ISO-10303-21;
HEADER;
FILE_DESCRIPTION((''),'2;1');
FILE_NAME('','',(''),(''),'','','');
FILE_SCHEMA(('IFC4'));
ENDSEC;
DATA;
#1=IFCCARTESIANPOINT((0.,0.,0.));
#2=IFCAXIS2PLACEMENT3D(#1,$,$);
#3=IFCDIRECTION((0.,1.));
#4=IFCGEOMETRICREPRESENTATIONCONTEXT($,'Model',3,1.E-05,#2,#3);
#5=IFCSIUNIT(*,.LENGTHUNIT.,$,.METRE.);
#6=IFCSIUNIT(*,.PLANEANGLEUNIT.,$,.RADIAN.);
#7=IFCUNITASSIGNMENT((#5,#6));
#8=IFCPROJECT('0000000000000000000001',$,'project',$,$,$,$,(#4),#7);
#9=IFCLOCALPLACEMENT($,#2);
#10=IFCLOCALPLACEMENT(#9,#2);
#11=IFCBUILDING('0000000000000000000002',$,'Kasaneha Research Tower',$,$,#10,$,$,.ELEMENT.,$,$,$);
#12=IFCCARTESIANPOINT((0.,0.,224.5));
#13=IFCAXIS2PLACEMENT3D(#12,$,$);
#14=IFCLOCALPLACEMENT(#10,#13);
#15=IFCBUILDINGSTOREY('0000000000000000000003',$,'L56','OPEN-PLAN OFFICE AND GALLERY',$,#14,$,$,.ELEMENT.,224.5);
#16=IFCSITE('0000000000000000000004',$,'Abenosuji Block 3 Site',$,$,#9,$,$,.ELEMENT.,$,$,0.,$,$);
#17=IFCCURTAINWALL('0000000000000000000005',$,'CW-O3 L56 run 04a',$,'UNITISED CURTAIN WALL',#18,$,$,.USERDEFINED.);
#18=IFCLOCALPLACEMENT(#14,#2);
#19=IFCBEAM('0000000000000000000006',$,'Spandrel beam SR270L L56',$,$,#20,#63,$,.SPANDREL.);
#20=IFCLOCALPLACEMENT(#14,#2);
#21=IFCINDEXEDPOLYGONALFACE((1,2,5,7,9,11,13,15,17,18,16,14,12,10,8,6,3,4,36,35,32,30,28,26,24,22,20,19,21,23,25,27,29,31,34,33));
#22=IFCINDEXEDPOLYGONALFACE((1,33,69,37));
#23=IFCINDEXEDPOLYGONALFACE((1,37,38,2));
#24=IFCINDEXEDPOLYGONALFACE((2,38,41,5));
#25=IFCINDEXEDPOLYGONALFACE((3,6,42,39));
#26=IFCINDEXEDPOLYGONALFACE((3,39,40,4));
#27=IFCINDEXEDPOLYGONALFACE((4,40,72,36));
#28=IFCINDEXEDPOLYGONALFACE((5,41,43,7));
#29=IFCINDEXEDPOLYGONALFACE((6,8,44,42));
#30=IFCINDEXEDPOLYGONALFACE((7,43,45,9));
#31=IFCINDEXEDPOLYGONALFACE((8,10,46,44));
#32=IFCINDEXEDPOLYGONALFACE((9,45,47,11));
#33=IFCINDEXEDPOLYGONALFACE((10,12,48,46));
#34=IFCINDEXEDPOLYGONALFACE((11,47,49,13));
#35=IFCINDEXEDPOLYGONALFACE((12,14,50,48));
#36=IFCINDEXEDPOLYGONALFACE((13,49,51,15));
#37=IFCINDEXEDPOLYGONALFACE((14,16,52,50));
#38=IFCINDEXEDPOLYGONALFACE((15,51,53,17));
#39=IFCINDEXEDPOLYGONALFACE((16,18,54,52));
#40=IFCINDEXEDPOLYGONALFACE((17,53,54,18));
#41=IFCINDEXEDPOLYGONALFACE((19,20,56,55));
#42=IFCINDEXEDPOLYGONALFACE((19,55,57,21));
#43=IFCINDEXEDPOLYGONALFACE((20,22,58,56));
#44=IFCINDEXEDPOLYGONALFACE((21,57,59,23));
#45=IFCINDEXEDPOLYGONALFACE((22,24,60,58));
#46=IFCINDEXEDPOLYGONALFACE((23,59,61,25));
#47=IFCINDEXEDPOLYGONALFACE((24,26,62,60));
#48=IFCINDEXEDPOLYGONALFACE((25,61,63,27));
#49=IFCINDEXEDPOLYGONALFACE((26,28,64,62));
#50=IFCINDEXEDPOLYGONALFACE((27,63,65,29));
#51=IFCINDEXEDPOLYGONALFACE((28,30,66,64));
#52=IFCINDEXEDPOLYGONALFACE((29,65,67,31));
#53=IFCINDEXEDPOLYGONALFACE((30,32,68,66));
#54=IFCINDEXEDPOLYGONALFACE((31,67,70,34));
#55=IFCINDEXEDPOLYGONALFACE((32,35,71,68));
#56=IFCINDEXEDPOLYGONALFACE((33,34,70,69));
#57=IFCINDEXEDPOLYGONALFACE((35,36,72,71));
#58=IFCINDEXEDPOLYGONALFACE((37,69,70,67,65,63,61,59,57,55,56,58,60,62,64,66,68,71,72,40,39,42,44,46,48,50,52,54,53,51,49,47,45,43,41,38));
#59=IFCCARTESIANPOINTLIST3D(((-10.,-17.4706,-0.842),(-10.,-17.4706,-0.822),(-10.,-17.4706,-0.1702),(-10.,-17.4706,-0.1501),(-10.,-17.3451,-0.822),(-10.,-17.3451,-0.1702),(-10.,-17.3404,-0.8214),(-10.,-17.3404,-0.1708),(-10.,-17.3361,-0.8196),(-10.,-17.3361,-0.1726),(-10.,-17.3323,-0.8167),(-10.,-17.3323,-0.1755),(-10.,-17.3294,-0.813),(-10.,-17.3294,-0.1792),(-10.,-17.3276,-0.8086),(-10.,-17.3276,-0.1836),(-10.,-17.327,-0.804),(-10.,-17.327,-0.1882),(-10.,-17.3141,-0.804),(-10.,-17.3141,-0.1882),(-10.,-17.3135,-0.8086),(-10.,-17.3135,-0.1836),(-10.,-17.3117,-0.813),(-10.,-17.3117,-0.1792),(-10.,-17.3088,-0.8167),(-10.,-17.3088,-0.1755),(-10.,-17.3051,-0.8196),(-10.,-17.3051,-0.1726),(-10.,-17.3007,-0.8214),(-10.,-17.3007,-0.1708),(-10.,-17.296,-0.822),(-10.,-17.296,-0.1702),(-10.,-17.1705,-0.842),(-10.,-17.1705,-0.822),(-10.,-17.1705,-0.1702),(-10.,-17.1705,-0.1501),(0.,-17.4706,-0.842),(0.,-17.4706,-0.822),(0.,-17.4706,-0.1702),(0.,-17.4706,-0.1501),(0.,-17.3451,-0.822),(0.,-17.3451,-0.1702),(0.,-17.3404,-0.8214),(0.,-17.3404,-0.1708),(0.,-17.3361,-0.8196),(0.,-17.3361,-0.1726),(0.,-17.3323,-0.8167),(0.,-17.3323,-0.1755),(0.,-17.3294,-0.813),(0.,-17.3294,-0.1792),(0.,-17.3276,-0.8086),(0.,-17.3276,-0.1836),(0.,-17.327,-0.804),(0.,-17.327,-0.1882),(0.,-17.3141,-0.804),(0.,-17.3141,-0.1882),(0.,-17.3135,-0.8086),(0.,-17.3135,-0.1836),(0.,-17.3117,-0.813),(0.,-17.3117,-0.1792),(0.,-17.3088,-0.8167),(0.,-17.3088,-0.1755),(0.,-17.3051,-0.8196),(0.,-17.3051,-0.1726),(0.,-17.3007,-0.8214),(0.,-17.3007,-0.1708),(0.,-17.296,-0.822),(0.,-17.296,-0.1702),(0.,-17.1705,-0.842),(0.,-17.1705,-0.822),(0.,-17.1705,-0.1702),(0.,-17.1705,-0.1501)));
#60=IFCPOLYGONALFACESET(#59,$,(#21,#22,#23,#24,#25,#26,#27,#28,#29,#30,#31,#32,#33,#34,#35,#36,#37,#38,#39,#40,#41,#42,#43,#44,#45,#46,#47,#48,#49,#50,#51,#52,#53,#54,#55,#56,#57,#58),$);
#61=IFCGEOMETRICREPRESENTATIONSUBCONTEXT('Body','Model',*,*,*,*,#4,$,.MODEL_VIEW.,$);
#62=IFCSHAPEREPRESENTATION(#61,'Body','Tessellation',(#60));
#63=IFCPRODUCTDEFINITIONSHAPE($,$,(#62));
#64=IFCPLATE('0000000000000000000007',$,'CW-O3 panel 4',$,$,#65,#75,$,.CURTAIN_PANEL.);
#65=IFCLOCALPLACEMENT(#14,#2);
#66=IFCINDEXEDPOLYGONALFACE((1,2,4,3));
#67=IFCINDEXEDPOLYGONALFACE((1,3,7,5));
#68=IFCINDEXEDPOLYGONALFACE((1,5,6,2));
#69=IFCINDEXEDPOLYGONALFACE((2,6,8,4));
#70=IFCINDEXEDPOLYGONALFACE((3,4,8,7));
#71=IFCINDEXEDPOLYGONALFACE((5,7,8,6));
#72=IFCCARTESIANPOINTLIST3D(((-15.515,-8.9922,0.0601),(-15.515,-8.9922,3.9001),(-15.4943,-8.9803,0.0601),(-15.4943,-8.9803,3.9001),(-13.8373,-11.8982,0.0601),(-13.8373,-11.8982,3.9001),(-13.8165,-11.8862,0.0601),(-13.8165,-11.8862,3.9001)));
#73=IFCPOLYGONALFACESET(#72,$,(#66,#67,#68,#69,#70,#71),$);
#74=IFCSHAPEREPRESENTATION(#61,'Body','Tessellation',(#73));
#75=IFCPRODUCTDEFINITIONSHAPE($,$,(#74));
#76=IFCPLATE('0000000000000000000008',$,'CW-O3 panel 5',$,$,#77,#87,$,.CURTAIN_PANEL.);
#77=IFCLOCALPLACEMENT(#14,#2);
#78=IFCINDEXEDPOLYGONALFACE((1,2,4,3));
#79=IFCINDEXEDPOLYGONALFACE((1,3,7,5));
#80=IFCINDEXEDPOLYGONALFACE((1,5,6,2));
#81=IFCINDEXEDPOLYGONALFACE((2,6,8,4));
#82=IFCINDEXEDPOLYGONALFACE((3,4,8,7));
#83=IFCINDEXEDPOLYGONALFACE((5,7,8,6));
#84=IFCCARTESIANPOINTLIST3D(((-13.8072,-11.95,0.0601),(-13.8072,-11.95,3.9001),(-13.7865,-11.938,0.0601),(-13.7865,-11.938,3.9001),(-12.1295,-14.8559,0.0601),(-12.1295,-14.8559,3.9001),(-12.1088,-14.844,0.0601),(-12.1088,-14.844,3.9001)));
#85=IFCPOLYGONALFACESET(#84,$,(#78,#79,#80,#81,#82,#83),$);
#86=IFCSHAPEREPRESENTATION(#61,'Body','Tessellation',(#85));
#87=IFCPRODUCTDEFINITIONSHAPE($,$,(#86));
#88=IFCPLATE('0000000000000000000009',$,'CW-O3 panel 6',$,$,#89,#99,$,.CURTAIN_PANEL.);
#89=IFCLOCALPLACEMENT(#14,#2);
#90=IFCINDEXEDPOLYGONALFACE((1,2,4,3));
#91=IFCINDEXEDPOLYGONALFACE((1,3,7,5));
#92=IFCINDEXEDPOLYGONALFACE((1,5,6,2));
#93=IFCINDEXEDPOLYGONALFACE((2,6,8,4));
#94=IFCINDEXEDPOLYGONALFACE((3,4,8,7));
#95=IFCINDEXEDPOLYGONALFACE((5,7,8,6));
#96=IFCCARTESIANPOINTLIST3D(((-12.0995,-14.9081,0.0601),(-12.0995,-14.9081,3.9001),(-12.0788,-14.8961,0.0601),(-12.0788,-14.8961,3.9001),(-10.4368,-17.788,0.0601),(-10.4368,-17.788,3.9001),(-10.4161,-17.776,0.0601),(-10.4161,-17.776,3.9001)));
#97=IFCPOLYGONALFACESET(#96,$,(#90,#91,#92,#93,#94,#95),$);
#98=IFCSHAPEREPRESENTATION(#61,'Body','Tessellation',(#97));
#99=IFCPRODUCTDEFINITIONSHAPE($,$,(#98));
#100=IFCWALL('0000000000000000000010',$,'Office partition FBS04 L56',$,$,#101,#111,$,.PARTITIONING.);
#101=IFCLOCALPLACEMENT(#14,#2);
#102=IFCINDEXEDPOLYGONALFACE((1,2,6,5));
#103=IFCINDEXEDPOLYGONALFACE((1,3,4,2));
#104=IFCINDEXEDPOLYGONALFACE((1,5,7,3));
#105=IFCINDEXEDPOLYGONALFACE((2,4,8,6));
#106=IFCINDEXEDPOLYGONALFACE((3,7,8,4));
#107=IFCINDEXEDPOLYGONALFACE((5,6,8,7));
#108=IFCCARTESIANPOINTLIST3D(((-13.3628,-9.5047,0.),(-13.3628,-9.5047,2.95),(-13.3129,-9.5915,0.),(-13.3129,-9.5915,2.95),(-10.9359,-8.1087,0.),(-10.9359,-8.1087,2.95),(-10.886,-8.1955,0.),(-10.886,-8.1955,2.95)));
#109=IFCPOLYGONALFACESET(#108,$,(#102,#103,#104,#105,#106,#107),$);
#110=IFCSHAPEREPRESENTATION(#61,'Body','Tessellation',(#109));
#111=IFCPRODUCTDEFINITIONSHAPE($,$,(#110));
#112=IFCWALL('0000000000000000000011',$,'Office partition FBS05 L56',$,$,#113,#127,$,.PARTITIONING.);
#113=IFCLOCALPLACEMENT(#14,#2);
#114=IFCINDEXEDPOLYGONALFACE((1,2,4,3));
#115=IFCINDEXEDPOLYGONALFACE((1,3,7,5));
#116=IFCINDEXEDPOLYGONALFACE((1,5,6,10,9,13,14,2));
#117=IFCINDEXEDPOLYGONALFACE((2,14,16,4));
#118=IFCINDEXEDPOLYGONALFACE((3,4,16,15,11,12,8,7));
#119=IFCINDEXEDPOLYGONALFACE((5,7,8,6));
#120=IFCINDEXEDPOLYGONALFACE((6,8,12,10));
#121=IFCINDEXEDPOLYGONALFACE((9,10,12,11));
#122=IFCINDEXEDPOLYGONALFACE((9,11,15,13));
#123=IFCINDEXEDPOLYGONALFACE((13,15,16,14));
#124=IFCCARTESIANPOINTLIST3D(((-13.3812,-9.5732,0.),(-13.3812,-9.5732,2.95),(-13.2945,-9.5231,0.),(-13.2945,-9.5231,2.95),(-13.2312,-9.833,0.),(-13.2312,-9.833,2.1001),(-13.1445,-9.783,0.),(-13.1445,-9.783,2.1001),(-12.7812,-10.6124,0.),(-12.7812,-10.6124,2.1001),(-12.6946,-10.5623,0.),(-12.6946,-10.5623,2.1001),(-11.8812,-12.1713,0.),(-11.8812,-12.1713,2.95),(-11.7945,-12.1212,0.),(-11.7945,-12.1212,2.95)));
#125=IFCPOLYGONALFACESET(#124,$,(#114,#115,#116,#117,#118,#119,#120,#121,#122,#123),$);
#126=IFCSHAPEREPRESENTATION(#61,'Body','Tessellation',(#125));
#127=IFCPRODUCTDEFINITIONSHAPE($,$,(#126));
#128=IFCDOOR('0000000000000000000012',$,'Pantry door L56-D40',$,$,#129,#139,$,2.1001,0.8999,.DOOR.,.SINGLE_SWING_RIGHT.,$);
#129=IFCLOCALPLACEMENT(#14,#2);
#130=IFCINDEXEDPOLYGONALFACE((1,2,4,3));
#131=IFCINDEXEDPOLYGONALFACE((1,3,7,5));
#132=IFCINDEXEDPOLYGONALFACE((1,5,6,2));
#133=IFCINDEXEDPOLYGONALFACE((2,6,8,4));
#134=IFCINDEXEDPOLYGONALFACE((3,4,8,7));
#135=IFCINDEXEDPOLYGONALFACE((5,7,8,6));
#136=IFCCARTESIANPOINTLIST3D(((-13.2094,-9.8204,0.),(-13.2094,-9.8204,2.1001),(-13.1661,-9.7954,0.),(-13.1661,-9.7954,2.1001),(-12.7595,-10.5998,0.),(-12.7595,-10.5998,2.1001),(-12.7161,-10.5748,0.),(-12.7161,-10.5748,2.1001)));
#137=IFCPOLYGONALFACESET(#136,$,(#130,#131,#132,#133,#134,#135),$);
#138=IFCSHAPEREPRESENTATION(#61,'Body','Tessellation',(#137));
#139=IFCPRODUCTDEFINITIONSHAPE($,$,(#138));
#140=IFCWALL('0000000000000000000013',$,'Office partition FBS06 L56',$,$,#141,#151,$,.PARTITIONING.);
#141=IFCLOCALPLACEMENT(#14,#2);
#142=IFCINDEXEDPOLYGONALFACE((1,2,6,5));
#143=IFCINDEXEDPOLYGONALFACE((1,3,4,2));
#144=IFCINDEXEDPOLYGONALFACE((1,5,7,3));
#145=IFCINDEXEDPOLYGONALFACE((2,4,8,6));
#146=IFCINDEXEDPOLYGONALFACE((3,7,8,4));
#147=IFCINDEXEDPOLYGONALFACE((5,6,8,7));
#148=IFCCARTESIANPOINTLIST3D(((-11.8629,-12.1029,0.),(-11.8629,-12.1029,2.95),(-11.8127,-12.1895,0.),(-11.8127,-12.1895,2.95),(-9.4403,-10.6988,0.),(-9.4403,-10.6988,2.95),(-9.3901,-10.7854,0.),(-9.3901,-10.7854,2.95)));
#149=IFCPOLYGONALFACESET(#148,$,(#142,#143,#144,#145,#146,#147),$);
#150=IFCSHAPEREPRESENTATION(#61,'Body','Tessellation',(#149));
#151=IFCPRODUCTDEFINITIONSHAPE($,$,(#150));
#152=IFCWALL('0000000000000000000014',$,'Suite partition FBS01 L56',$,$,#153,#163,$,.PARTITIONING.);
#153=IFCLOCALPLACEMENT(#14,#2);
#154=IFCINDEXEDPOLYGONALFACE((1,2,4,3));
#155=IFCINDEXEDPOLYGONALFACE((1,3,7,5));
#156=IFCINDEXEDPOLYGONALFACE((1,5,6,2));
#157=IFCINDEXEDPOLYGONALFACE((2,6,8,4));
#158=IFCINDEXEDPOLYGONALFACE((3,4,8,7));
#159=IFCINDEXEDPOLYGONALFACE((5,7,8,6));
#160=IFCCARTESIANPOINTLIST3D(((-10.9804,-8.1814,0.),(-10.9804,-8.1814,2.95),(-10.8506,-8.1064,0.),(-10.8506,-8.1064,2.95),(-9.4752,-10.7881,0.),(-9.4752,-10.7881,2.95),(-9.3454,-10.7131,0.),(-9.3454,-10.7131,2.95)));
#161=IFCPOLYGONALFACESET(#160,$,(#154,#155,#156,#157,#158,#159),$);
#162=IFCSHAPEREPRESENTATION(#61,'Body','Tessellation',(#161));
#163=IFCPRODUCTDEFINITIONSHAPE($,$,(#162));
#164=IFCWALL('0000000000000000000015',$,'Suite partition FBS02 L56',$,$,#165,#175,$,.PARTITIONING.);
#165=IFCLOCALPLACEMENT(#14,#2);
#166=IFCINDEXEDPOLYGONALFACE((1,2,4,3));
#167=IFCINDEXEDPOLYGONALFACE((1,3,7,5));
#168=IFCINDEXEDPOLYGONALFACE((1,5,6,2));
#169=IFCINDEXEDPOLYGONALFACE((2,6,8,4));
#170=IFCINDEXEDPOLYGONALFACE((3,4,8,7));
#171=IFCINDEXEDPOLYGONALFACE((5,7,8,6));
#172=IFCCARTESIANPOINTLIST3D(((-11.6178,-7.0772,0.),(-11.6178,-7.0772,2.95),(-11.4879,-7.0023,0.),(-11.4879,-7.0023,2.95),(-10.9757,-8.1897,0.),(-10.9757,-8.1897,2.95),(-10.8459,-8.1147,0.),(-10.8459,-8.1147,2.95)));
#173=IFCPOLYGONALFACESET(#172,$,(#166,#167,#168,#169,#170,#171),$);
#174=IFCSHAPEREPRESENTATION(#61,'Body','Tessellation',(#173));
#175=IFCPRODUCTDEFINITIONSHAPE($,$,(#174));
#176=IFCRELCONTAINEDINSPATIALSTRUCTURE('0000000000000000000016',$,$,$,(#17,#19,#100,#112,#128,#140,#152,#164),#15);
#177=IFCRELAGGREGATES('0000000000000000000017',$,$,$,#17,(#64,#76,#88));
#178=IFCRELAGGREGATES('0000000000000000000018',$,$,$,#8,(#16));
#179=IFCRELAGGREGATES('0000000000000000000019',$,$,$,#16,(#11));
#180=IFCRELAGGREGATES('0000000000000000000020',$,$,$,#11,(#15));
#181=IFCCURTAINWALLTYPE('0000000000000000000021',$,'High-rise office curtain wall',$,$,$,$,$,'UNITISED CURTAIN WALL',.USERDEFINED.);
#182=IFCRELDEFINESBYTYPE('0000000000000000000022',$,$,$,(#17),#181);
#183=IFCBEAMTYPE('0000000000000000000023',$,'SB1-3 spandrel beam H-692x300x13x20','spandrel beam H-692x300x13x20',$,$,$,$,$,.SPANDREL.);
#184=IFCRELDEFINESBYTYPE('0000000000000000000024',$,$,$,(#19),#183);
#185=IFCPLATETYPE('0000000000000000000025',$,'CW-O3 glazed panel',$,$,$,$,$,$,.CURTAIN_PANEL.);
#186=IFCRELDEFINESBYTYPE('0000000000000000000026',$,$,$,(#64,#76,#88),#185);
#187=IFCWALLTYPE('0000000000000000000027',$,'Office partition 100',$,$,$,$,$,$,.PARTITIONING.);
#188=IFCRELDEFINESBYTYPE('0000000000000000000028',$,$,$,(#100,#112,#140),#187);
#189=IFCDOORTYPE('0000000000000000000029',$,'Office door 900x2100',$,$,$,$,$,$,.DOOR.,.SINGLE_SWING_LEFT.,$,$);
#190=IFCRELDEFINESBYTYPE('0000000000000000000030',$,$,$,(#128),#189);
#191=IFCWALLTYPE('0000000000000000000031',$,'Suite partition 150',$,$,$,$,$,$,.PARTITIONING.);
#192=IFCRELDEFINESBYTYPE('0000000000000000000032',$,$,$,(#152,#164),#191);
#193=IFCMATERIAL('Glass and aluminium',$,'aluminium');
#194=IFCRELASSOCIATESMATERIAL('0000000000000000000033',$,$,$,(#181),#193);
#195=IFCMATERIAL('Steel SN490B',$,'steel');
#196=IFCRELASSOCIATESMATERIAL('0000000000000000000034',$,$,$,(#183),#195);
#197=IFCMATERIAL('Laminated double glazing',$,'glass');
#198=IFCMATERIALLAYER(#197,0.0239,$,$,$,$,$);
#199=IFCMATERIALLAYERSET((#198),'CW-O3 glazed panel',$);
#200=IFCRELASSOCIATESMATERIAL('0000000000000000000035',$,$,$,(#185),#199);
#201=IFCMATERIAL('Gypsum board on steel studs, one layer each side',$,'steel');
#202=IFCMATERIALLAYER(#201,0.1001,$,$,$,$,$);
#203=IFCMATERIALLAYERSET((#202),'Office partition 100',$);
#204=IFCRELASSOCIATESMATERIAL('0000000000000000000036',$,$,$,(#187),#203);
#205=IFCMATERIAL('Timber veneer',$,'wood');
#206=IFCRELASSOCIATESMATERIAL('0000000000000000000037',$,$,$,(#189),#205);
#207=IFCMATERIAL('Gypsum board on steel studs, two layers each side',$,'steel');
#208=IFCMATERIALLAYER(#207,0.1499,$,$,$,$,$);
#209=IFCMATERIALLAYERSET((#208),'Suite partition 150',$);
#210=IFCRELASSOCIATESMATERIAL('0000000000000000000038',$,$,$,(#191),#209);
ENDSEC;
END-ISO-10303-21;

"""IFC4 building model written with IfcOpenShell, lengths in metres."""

from ifc_helpers import new_model, si_unit, direction, frame, frame_2d, origin, origin_2d, place, context, subcontext, project, spatial, rectangle, i_section, extrude, material, layer, layer_set, material_profile, profile_set, type_object, element, fill, aggregate, save


model = new_model("IFC4")

# Units and contexts
model_context = context("Model", 3, precision=1e-05, world=origin(), true_north=direction((0.0, 1.0)))
body_context = subcontext(model_context, "Body", "Model", "MODEL_VIEW")
ifc_project = project(units=[si_unit("LENGTHUNIT", "METRE"), si_unit("PLANEANGLEUNIT", "RADIAN")], contexts=[model_context])

# Site, building, storey
site_placement = place(None, origin())
site = spatial("IfcSite", under=ifc_project, at=site_placement, Name="Abenosuji Block 3 Site", CompositionType="ELEMENT", RefElevation=0.0)
building_placement = place(site_placement, origin())
building = spatial("IfcBuilding", under=site, at=building_placement, Name="Kasaneha Research Tower", CompositionType="ELEMENT")
storey_placement = place(building_placement, frame((0.0, 0.0, 224.5)))
storey = spatial("IfcBuildingStorey", under=building, at=storey_placement, Name="L56", Description="OPEN-PLAN OFFICE AND GALLERY", CompositionType="ELEMENT", Elevation=224.5)

# Curtain wall
ifc_material_1 = material(Name="Glass and aluminium", Category="aluminium")
curtain_wall_type = type_object("IfcCurtainWallType", Name="High-rise office curtain wall", ElementType="UNITISED CURTAIN WALL", PredefinedType="USERDEFINED", material=ifc_material_1)
curtain_wall_1_placement = place(storey_placement, origin())
curtain_wall_1 = element("IfcCurtainWall", 1, at=curtain_wall_1_placement, inside=storey, type_object=curtain_wall_type, Name="CW-O3 L56 run 04a", ObjectType="UNITISED CURTAIN WALL", PredefinedType="USERDEFINED")

# Beam
ifc_material_2 = material(Name="Steel SN490B", Category="steel")
ifc_material_profile_1 = material_profile(ifc_material_2, i_section(OverallWidth=0.3, OverallDepth=0.6919, WebThickness=0.0129, FlangeThickness=0.02, FilletRadius=0.0181, at=origin_2d()), Name="H-692x300x13x20")
ifc_profile_set_1 = profile_set([ifc_material_profile_1], Name="Steel SN490B")
beam_type_1 = type_object("IfcBeamType", Name="SB1-3 spandrel beam H-692x300x13x20", Description="spandrel beam H-692x300x13x20", PredefinedType="SPANDREL", material=ifc_profile_set_1)
beam_1_placement = place(storey_placement, frame((-10.0, -17.3206, -0.4961), z_axis=(1.0, 0.0, 0.0), x_axis=(0.0, 1.0, 0.0)))
element("IfcBeam", 2, at=beam_1_placement, inside=storey, type_object=beam_type_1, Name="Spandrel beam SR270L L56", PredefinedType="SPANDREL", context=body_context, shape_type="SweptSolid", body=[
    extrude(i_section(OverallWidth=0.3, OverallDepth=0.6919, WebThickness=0.0129, FlangeThickness=0.02, FilletRadius=0.0181, at=origin_2d()), origin(), (0.0, 0.0, 1.0), 10.0),
])

# Plates
ifc_material_3 = material(Name="Laminated double glazing", Category="glass")
ifc_layer_1 = layer(ifc_material_3, 0.0239)
ifc_layer_set_1 = layer_set([ifc_layer_1], Name="CW-O3 glazed panel")
plate_type = type_object("IfcPlateType", Name="CW-O3 glazed panel", PredefinedType="CURTAIN_PANEL", material=ifc_layer_set_1)
plate_1_placement = place(storey_placement, frame((-14.6658, -10.4392, 0.0601), z_axis=(0.0, 0.0, 1.0), x_axis=(0.5, -0.866025, 0.0)))
plate_1 = element("IfcPlate", 3, at=plate_1_placement, type_object=plate_type, Name="CW-O3 panel 4", PredefinedType="CURTAIN_PANEL", context=body_context, shape_type="SweptSolid", body=[
    extrude(rectangle(XDim=3.3555, YDim=0.0239, at=origin_2d()), origin(), (0.0, 0.0, 1.0), 3.8401),
])
plate_2_placement = place(storey_placement, frame((-12.958, -13.397, 0.0601), z_axis=(0.0, 0.0, 1.0), x_axis=(0.5, -0.866025, 0.0)))
plate_2 = element("IfcPlate", 4, at=plate_2_placement, type_object=plate_type, Name="CW-O3 panel 5", PredefinedType="CURTAIN_PANEL", context=body_context, shape_type="SweptSolid", body=[
    extrude(rectangle(XDim=3.3555, YDim=0.0239, at=origin_2d()), origin(), (0.0, 0.0, 1.0), 3.8401),
])
plate_3_placement = place(storey_placement, frame((-11.2578, -16.342, 0.0601), z_axis=(0.0, 0.0, 1.0), x_axis=(0.5, -0.866025, 0.0)))
plate_3 = element("IfcPlate", 5, at=plate_3_placement, type_object=plate_type, Name="CW-O3 panel 6", PredefinedType="CURTAIN_PANEL", context=body_context, shape_type="SweptSolid", body=[
    extrude(rectangle(XDim=3.3254, YDim=0.0239, at=origin_2d()), origin(), (0.0, 0.0, 1.0), 3.8401),
])
aggregate(curtain_wall_1, [plate_1, plate_2, plate_3])

# Wall
ifc_material_4 = material(Name="Gypsum board on steel studs, one layer each side", Category="steel")
ifc_layer_2 = layer(ifc_material_4, 0.1001)
ifc_layer_set_2 = layer_set([ifc_layer_2], Name="Office partition 100")
wall_type_1 = type_object("IfcWallType", Name="Office partition 100", PredefinedType="PARTITIONING", material=ifc_layer_set_2)
wall_1_placement = place(storey_placement, frame((-13.3379, -9.5481, 0.0), z_axis=(0.0, 0.0, 1.0), x_axis=(0.866834, 0.498597, 0.0)))
element("IfcWall", 6, at=wall_1_placement, inside=storey, type_object=wall_type_1, Name="Office partition FBS04 L56", PredefinedType="PARTITIONING", context=body_context, shape_type="SweptSolid", body=[
    extrude(rectangle(XDim=2.7998, YDim=0.1001, at=frame_2d((1.3999, 0.0))), origin(), (0.0, 0.0, 1.0), 2.95),
])

# Wall, opening, door
wall_2_placement = place(storey_placement, frame((-11.8379, -12.1462, 0.0), z_axis=(0.0, 0.0, 1.0), x_axis=(-0.49999, 0.866031, 0.0)))
wall_2 = element("IfcWall", 7, at=wall_2_placement, inside=storey, type_object=wall_type_1, Name="Office partition FBS05 L56", PredefinedType="PARTITIONING", context=body_context, shape_type="SweptSolid", body=[
    extrude(rectangle(XDim=3.0, YDim=0.1001, at=frame_2d((1.5, 0.0))), origin(), (0.0, 0.0, 1.0), 2.95),
])
opening_placement = place(wall_2_placement, frame((1.8, 0.0, 0.0)))
opening = element("IfcOpeningElement", 8, at=opening_placement, cuts=wall_2, PredefinedType="OPENING", context=body_context, shape_type="SweptSolid", body=[
    extrude(rectangle(XDim=0.8999, YDim=2.1001, at=frame_2d((0.45, 1.05))), frame((0.0, 0.0601, 0.0), z_axis=(0.0, -1.0, 0.0), x_axis=(1.0, 0.0, 0.0)), (0.0, 0.0, 1.0), 0.1201),
])
ifc_material_5 = material(Name="Timber veneer", Category="wood")
door_type = type_object("IfcDoorType", Name="Office door 900x2100", OperationType="SINGLE_SWING_LEFT", PredefinedType="DOOR", material=ifc_material_5)
door_placement = place(opening_placement, origin())
door = element("IfcDoor", 9, at=door_placement, inside=storey, type_object=door_type, Name="Pantry door L56-D40", OperationType="SINGLE_SWING_RIGHT", OverallHeight=2.1001, OverallWidth=0.8999, PredefinedType="DOOR", context=body_context, shape_type="SweptSolid", body=[
    extrude(rectangle(XDim=0.8999, YDim=2.1001, at=frame_2d((0.45, 1.05))), frame((0.0, 0.0249, 0.0), z_axis=(0.0, -1.0, 0.0), x_axis=(1.0, 0.0, 0.0)), (0.0, 0.0, 1.0), 0.05),
])
fill(opening, door)

# Walls
wall_3_placement = place(storey_placement, frame((-9.4153, -10.7422, 0.0), z_axis=(0.0, 0.0, 1.0), x_axis=(-0.865195, -0.501435, 0.0)))
element("IfcWall", 10, at=wall_3_placement, inside=storey, type_object=wall_type_1, Name="Office partition FBS06 L56", PredefinedType="PARTITIONING", context=body_context, shape_type="SweptSolid", body=[
    extrude(rectangle(XDim=2.8, YDim=0.1001, at=frame_2d((1.3999, 0.0))), origin(), (0.0, 0.0, 1.0), 2.95),
])
ifc_material_6 = material(Name="Gypsum board on steel studs, two layers each side", Category="steel")
ifc_layer_3 = layer(ifc_material_6, 0.1499)
ifc_layer_set_3 = layer_set([ifc_layer_3], Name="Suite partition 150")
wall_type_2 = type_object("IfcWallType", Name="Suite partition 150", PredefinedType="PARTITIONING", material=ifc_layer_set_3)
wall_4_placement = place(storey_placement, frame((-9.4104, -10.7505, 0.0), z_axis=(0.0, 0.0, 1.0), x_axis=(-0.500038, 0.866003, 0.0)))
element("IfcWall", 11, at=wall_4_placement, inside=storey, type_object=wall_type_2, Name="Suite partition FBS01 L56", PredefinedType="PARTITIONING", context=body_context, shape_type="SweptSolid", body=[
    extrude(rectangle(XDim=3.01, YDim=0.1499, at=frame_2d((1.5049, 0.0))), origin(), (0.0, 0.0, 1.0), 2.95),
])
wall_5_placement = place(storey_placement, frame((-10.9109, -8.1521, 0.0), z_axis=(0.0, 0.0, 1.0), x_axis=(-0.49986, 0.866106, 0.0)))
element("IfcWall", 12, at=wall_5_placement, inside=storey, type_object=wall_type_2, Name="Suite partition FBS02 L56", PredefinedType="PARTITIONING", context=body_context, shape_type="SweptSolid", body=[
    extrude(rectangle(XDim=1.2844, YDim=0.1499, at=frame_2d((0.6421, 0.0))), origin(), (0.0, 0.0, 1.0), 2.95),
])

save(model, "model.ifc")
